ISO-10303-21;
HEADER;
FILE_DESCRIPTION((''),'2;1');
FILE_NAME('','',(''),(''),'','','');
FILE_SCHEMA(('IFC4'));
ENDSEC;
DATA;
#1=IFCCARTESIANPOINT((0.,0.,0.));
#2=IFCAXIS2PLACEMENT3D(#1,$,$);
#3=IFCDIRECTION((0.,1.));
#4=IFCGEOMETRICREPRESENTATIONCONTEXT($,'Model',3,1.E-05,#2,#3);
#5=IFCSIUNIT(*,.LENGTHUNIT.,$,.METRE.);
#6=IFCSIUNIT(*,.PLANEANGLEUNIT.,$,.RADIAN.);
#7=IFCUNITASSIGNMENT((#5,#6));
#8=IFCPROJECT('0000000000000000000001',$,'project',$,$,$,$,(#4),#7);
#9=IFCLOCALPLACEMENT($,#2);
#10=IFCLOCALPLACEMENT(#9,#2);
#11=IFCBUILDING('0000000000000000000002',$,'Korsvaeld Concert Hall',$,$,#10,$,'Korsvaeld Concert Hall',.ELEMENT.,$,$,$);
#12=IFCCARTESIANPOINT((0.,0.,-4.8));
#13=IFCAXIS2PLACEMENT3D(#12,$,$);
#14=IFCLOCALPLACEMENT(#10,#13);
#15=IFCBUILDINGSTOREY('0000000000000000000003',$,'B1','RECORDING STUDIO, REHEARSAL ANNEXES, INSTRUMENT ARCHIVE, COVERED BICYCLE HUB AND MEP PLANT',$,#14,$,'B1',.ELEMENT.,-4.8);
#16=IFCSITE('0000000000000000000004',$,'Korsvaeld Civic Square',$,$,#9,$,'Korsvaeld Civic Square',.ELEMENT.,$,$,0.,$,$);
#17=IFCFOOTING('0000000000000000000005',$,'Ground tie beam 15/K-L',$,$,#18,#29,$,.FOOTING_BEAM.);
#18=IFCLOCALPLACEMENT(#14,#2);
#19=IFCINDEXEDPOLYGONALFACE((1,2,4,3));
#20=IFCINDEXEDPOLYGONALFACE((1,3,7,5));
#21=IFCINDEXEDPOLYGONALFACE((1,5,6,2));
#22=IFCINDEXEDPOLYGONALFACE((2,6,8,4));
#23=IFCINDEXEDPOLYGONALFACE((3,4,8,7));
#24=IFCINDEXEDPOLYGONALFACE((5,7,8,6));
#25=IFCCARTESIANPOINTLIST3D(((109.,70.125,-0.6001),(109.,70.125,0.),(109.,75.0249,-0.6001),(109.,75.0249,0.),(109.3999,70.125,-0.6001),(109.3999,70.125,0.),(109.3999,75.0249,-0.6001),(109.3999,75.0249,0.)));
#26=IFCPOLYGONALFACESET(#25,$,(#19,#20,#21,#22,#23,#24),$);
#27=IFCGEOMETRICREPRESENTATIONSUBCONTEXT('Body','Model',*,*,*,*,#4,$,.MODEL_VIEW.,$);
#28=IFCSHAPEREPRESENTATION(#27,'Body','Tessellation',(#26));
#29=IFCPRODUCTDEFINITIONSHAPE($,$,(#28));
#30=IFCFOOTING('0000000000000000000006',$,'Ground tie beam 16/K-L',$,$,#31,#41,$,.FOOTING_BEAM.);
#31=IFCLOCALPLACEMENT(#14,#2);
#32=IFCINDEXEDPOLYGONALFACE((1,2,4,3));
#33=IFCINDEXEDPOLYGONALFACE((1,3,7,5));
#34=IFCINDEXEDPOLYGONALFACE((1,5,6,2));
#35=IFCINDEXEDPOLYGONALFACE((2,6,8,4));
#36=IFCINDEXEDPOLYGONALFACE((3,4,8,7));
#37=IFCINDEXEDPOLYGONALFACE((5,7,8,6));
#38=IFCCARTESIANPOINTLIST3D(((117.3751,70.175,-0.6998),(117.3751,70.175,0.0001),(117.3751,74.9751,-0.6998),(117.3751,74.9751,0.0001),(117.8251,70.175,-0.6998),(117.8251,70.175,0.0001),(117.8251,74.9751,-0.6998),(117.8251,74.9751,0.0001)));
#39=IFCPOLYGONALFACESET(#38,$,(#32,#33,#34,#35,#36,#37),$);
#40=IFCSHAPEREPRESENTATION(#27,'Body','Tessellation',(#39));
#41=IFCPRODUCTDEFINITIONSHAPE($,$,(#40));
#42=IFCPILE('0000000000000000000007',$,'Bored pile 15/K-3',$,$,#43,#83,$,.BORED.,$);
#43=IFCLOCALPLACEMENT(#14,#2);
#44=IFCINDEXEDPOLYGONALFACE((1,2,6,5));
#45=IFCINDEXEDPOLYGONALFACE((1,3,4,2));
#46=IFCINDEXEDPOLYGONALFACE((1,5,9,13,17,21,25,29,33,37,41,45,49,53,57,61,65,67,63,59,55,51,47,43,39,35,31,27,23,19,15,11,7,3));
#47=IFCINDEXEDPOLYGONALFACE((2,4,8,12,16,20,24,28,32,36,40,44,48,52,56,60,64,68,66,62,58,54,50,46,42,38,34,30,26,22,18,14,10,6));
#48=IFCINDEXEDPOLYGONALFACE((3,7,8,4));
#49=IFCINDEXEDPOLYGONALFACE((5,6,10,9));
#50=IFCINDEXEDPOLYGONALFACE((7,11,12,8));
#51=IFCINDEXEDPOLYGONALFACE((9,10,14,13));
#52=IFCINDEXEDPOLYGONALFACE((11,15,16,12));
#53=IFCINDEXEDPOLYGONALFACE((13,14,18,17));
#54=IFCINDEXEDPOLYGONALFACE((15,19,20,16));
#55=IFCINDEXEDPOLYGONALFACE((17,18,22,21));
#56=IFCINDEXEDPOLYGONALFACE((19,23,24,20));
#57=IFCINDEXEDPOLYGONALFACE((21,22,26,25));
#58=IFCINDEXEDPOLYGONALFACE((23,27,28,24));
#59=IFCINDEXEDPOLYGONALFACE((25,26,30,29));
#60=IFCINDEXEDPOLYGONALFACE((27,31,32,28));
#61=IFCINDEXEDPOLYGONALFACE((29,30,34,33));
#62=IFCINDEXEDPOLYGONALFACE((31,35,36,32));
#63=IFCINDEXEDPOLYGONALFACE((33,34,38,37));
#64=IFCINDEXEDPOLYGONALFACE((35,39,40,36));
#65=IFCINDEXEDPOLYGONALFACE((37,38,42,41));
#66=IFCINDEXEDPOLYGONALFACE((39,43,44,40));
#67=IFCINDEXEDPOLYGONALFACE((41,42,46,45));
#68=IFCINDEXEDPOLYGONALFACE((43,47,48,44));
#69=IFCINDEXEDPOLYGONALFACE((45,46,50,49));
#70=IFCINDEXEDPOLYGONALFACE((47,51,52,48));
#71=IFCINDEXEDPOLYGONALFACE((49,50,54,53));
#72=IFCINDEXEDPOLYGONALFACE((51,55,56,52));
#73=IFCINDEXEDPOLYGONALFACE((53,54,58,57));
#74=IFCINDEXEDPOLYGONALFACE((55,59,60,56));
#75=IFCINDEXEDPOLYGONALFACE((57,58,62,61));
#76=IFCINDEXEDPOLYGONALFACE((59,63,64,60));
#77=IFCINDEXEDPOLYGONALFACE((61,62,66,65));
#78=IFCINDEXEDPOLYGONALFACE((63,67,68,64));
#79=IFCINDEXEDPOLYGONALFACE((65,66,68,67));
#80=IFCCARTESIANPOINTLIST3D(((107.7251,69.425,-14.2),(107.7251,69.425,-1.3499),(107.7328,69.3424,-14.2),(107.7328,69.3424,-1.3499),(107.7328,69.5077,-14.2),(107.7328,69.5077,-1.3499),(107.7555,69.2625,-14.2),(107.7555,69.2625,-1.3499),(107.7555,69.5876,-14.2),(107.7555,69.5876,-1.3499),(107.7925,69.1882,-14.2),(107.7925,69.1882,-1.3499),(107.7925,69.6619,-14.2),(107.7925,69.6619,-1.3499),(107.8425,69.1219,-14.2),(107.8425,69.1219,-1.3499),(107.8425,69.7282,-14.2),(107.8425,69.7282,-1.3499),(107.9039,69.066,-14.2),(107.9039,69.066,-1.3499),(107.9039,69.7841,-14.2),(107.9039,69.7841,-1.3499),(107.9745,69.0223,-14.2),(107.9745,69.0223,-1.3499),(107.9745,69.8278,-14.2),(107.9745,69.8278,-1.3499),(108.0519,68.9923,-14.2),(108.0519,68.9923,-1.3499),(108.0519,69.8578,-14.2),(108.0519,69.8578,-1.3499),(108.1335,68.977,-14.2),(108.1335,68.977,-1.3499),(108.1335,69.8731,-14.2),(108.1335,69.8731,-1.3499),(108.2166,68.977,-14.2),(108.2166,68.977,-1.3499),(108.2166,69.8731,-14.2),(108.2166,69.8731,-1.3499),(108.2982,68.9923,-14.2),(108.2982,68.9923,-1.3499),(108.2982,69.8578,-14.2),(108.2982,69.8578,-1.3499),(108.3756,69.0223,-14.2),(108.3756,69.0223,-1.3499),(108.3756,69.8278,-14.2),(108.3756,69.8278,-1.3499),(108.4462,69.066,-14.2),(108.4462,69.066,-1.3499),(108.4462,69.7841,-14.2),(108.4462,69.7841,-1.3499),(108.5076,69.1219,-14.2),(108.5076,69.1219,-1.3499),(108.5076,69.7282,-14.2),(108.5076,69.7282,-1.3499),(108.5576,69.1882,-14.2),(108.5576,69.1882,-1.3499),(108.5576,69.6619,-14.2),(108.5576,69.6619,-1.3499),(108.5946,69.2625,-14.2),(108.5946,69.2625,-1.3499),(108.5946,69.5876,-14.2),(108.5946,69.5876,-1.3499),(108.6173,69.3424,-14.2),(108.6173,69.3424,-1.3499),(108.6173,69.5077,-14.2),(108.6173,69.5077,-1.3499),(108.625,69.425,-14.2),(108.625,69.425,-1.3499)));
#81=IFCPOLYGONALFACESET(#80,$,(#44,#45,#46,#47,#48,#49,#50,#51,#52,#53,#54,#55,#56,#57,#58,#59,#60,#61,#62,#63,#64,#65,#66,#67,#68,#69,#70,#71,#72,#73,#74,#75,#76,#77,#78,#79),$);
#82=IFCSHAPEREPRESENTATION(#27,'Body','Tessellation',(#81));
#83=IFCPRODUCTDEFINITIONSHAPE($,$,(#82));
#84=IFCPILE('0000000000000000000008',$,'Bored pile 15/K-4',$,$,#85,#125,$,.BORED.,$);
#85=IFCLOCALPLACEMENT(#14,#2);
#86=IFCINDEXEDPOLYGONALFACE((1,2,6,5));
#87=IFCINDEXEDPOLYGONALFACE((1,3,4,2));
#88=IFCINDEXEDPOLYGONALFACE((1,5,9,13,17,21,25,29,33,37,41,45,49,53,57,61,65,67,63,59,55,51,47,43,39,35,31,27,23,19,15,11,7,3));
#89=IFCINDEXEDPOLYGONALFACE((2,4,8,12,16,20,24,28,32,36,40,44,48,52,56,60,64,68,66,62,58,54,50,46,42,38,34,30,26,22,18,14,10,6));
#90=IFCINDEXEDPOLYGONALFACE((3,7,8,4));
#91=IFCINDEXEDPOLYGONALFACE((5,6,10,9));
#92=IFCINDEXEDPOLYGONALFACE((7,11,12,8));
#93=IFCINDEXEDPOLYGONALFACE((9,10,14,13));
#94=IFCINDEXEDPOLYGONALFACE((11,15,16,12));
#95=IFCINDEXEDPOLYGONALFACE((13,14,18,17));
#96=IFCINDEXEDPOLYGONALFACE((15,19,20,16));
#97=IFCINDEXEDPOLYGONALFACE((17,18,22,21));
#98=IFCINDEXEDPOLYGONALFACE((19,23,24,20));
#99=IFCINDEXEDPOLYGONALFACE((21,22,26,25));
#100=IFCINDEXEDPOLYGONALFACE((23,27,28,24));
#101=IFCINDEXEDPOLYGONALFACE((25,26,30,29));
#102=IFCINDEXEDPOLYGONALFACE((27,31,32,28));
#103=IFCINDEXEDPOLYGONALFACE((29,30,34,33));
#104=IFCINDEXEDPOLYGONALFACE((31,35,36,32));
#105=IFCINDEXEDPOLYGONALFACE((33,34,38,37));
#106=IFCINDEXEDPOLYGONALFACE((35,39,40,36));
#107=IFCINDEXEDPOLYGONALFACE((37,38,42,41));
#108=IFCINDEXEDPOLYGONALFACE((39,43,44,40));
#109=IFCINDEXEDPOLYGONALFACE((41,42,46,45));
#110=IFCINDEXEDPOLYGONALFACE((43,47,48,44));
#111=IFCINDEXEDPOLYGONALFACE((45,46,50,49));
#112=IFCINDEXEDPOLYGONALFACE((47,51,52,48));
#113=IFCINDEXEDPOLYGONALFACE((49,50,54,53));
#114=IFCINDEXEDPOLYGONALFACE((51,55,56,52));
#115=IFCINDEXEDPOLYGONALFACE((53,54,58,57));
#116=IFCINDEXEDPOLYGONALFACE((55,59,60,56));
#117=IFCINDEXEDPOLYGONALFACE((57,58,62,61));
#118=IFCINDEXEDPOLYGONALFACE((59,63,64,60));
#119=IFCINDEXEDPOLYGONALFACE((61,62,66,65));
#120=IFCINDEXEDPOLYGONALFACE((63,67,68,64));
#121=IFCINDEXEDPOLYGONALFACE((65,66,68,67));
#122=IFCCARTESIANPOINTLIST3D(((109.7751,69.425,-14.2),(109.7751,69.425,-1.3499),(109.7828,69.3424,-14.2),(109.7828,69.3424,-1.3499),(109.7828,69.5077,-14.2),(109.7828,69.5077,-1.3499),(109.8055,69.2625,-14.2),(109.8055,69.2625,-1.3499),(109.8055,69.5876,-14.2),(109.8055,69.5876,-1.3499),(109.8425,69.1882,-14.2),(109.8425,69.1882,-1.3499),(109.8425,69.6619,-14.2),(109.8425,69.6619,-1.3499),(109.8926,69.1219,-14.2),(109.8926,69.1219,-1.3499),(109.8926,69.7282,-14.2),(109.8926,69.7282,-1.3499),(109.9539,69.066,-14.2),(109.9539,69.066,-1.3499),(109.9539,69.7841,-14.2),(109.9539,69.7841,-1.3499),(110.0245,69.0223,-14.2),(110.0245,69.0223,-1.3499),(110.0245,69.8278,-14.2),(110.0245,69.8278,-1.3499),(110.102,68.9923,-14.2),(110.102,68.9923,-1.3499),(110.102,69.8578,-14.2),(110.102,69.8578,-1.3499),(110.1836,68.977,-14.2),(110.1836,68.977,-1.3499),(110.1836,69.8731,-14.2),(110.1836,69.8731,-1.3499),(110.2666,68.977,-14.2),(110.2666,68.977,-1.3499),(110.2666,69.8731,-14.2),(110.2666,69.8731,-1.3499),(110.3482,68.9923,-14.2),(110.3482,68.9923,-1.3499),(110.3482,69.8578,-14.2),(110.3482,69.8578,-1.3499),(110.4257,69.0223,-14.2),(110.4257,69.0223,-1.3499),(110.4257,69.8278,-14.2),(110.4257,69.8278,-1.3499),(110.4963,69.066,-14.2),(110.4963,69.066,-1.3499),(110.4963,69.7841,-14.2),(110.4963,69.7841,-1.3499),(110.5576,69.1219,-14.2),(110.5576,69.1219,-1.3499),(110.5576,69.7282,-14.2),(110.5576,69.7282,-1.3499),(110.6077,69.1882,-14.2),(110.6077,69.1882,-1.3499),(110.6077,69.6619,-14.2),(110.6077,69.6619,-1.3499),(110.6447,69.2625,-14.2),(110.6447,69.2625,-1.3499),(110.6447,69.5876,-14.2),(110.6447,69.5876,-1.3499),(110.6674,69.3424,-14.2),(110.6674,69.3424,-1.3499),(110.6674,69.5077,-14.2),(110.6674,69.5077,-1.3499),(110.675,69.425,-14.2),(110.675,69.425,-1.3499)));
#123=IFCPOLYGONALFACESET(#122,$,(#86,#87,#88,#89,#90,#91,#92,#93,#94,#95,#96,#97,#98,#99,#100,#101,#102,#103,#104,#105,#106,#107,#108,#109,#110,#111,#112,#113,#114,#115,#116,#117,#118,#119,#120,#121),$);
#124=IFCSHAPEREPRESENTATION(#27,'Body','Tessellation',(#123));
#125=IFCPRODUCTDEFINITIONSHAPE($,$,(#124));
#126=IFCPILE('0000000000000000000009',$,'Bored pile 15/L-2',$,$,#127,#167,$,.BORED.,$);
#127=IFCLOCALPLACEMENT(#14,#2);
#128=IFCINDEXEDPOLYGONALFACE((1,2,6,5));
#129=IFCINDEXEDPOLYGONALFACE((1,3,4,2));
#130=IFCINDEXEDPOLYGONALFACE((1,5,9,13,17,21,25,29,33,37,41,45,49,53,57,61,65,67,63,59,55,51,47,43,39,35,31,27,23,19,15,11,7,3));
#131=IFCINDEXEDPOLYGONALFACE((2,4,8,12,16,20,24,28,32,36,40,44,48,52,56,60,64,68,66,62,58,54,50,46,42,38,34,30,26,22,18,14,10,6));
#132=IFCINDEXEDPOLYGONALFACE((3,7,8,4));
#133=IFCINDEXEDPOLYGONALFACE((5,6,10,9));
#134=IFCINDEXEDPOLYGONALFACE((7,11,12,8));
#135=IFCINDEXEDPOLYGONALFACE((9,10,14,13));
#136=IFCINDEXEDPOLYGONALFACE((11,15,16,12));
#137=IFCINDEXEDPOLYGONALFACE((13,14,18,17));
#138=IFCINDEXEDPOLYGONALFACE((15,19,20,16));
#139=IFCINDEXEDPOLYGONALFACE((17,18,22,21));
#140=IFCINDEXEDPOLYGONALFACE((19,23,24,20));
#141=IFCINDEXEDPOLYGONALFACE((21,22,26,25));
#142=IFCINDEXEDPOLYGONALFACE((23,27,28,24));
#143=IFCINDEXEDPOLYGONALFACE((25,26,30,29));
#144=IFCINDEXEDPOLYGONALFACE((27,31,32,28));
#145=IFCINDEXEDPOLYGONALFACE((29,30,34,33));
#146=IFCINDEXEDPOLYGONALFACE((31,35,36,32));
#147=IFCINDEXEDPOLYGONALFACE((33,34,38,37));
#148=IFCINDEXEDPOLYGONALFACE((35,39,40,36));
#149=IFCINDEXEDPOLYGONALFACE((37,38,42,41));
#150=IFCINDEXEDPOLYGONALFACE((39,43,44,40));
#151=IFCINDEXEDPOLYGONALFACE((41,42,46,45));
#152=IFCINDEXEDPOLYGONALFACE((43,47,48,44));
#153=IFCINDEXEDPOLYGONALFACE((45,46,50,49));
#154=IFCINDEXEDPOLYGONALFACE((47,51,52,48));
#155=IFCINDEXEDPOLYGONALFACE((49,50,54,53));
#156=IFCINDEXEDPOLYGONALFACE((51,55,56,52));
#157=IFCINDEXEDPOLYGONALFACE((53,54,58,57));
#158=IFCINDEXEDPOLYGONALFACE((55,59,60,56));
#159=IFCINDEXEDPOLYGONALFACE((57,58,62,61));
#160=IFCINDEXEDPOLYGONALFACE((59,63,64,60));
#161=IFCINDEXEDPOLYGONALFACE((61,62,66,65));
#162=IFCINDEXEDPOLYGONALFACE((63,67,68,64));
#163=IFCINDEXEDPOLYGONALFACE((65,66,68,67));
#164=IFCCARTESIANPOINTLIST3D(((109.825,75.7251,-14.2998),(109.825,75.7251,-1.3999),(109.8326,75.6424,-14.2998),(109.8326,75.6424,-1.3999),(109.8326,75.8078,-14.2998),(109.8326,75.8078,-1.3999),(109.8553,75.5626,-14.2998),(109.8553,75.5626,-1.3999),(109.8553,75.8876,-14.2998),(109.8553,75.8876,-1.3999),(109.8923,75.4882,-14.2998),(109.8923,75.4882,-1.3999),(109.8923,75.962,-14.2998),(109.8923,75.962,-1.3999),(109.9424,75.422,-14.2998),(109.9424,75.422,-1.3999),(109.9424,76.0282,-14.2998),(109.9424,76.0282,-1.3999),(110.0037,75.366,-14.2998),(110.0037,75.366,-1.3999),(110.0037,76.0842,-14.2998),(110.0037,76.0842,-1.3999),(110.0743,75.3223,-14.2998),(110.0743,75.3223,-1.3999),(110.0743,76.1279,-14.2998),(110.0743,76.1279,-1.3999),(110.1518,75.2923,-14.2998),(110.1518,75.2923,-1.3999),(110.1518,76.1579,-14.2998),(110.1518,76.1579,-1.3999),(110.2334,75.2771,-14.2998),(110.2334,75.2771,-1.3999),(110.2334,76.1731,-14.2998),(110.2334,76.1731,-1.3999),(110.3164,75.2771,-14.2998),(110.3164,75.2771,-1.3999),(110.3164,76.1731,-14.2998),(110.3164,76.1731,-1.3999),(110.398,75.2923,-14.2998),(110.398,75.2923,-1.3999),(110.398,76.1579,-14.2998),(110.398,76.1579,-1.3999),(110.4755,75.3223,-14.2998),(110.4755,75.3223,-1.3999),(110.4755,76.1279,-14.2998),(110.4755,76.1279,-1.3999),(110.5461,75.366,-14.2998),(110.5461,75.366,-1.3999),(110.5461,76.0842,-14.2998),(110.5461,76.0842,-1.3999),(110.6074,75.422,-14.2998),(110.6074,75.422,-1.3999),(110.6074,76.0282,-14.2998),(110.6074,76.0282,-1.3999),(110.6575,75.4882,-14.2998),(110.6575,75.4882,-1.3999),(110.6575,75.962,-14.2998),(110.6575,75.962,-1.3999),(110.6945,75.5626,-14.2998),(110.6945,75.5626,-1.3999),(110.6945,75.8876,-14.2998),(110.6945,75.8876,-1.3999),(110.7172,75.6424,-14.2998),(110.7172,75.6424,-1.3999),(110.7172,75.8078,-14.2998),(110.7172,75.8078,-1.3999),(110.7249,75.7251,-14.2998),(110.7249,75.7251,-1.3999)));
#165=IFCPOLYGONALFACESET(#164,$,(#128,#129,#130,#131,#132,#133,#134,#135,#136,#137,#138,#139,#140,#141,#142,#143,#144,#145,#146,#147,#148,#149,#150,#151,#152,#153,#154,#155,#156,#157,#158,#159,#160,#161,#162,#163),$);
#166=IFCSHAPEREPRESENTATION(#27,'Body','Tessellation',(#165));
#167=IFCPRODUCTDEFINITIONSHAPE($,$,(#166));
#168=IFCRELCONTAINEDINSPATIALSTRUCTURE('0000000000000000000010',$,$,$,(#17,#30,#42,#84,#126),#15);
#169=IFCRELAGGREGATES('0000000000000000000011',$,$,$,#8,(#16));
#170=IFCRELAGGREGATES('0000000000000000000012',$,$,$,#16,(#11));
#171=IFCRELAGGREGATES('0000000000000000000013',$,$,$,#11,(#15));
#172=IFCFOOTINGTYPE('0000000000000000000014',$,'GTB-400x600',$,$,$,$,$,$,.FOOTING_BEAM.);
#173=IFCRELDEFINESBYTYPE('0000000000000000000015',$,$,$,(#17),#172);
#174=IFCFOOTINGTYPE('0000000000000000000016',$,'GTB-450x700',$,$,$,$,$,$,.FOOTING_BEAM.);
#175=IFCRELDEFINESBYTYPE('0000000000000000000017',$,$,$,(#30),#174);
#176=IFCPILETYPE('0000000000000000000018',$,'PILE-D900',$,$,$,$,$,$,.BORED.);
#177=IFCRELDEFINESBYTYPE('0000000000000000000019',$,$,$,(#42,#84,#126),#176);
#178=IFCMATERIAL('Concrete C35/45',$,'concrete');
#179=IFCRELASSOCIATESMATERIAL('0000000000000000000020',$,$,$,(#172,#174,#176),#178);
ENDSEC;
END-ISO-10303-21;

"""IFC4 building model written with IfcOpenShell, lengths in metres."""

from ifc_helpers import new_model, si_unit, direction, frame, origin, origin_2d, place, context, subcontext, project, spatial, rectangle, circle, extrude, material, material_profile, profile_set, type_object, element, save


model = new_model("IFC4")

# Units and contexts
model_context = context("Model", 3, precision=1e-05, world=origin(), true_north=direction((0.0, 1.0)))
body_context = subcontext(model_context, "Body", "Model", "MODEL_VIEW")
ifc_project = project(units=[si_unit("LENGTHUNIT", "METRE"), si_unit("PLANEANGLEUNIT", "RADIAN")], contexts=[model_context])

# Site, building, storey
site_placement = place(None, origin())
site = spatial("IfcSite", under=ifc_project, at=site_placement, Name="Korsvaeld Civic Square", LongName="Korsvaeld Civic Square", CompositionType="ELEMENT", RefElevation=0.0)
building_placement = place(site_placement, origin())
building = spatial("IfcBuilding", under=site, at=building_placement, Name="Korsvaeld Concert Hall", LongName="Korsvaeld Concert Hall", CompositionType="ELEMENT")
storey_placement = place(building_placement, frame((0.0, 0.0, -4.8)))
storey = spatial("IfcBuildingStorey", under=building, at=storey_placement, Name="B1", Description="RECORDING STUDIO, REHEARSAL ANNEXES, INSTRUMENT ARCHIVE, COVERED BICYCLE HUB AND MEP PLANT", LongName="B1", CompositionType="ELEMENT", Elevation=-4.8)

# Footings
ifc_material_1 = material(Name="Concrete C35/45", Category="concrete")
ifc_material_profile_1 = material_profile(ifc_material_1, rectangle(XDim=0.3999, YDim=0.6001, at=origin_2d()), Name="GTB 400x600")
ifc_profile_set_1 = profile_set([ifc_material_profile_1], Name="Concrete C35/45")
footing_type_1 = type_object("IfcFootingType", Name="GTB-400x600", PredefinedType="FOOTING_BEAM", material=ifc_profile_set_1)
footing_1_placement = place(storey_placement, frame((109.2, 70.125, -0.3), z_axis=(0.0, 1.0, 0.0), x_axis=(-1.0, 0.0, 0.0)))
element("IfcFooting", 1, at=footing_1_placement, inside=storey, type_object=footing_type_1, Name="Ground tie beam 15/K-L", PredefinedType="FOOTING_BEAM", context=body_context, shape_type="SweptSolid", body=[
    extrude(rectangle(XDim=0.3999, YDim=0.6001, at=origin_2d()), origin(), (0.0, 0.0, 1.0), 4.8999),
])
ifc_material_profile_2 = material_profile(ifc_material_1, rectangle(XDim=0.45, YDim=0.7, at=origin_2d()), Name="GTB 450x700")
ifc_profile_set_2 = profile_set([ifc_material_profile_2], Name="Concrete C35/45")
footing_type_2 = type_object("IfcFootingType", Name="GTB-450x700", PredefinedType="FOOTING_BEAM", material=ifc_profile_set_2)
footing_2_placement = place(storey_placement, frame((117.6001, 70.175, -0.3499), z_axis=(0.0, 1.0, 0.0), x_axis=(-1.0, 0.0, 0.0)))
element("IfcFooting", 2, at=footing_2_placement, inside=storey, type_object=footing_type_2, Name="Ground tie beam 16/K-L", PredefinedType="FOOTING_BEAM", context=body_context, shape_type="SweptSolid", body=[
    extrude(rectangle(XDim=0.45, YDim=0.7, at=origin_2d()), origin(), (0.0, 0.0, 1.0), 4.8),
])

# Piles
ifc_material_profile_3 = material_profile(ifc_material_1, circle(Radius=0.45, at=origin_2d()), Name="BORED PILE D900")
ifc_profile_set_3 = profile_set([ifc_material_profile_3], Name="Concrete C35/45")
pile_type = type_object("IfcPileType", Name="PILE-D900", PredefinedType="BORED", material=ifc_profile_set_3)
for number, where, z_axis, x_axis, name in (
    (3, (108.175, 69.425, -1.3499), (0.0, 0.0, -1.0), (1.0, 0.0, 0.0), "Bored pile 15/K-3"),
    (4, (110.2251, 69.425, -1.3499), (0.0, 0.0, -1.0), (1.0, 0.0, 0.0), "Bored pile 15/K-4"),
):
    element("IfcPile", number, at=place(storey_placement, frame(where, z_axis=z_axis, x_axis=x_axis)), inside=storey, type_object=pile_type, Name=name, PredefinedType="BORED", context=body_context, shape_type="SweptSolid", body=[
        extrude(circle(Radius=0.45, at=origin_2d()), origin(), (0.0, 0.0, 1.0), 12.8501),
    ])
for number, where, z_axis, x_axis, name in (
    (5, (110.2749, 75.7251, -1.3999), (0.0, 0.0, -1.0), (1.0, 0.0, 0.0), "Bored pile 15/L-2"),
):
    element("IfcPile", number, at=place(storey_placement, frame(where, z_axis=z_axis, x_axis=x_axis)), inside=storey, type_object=pile_type, Name=name, PredefinedType="BORED", context=body_context, shape_type="SweptSolid", body=[
        extrude(circle(Radius=0.45, at=origin_2d()), origin(), (0.0, 0.0, 1.0), 12.8999),
    ])

save(model, "model.ifc")
